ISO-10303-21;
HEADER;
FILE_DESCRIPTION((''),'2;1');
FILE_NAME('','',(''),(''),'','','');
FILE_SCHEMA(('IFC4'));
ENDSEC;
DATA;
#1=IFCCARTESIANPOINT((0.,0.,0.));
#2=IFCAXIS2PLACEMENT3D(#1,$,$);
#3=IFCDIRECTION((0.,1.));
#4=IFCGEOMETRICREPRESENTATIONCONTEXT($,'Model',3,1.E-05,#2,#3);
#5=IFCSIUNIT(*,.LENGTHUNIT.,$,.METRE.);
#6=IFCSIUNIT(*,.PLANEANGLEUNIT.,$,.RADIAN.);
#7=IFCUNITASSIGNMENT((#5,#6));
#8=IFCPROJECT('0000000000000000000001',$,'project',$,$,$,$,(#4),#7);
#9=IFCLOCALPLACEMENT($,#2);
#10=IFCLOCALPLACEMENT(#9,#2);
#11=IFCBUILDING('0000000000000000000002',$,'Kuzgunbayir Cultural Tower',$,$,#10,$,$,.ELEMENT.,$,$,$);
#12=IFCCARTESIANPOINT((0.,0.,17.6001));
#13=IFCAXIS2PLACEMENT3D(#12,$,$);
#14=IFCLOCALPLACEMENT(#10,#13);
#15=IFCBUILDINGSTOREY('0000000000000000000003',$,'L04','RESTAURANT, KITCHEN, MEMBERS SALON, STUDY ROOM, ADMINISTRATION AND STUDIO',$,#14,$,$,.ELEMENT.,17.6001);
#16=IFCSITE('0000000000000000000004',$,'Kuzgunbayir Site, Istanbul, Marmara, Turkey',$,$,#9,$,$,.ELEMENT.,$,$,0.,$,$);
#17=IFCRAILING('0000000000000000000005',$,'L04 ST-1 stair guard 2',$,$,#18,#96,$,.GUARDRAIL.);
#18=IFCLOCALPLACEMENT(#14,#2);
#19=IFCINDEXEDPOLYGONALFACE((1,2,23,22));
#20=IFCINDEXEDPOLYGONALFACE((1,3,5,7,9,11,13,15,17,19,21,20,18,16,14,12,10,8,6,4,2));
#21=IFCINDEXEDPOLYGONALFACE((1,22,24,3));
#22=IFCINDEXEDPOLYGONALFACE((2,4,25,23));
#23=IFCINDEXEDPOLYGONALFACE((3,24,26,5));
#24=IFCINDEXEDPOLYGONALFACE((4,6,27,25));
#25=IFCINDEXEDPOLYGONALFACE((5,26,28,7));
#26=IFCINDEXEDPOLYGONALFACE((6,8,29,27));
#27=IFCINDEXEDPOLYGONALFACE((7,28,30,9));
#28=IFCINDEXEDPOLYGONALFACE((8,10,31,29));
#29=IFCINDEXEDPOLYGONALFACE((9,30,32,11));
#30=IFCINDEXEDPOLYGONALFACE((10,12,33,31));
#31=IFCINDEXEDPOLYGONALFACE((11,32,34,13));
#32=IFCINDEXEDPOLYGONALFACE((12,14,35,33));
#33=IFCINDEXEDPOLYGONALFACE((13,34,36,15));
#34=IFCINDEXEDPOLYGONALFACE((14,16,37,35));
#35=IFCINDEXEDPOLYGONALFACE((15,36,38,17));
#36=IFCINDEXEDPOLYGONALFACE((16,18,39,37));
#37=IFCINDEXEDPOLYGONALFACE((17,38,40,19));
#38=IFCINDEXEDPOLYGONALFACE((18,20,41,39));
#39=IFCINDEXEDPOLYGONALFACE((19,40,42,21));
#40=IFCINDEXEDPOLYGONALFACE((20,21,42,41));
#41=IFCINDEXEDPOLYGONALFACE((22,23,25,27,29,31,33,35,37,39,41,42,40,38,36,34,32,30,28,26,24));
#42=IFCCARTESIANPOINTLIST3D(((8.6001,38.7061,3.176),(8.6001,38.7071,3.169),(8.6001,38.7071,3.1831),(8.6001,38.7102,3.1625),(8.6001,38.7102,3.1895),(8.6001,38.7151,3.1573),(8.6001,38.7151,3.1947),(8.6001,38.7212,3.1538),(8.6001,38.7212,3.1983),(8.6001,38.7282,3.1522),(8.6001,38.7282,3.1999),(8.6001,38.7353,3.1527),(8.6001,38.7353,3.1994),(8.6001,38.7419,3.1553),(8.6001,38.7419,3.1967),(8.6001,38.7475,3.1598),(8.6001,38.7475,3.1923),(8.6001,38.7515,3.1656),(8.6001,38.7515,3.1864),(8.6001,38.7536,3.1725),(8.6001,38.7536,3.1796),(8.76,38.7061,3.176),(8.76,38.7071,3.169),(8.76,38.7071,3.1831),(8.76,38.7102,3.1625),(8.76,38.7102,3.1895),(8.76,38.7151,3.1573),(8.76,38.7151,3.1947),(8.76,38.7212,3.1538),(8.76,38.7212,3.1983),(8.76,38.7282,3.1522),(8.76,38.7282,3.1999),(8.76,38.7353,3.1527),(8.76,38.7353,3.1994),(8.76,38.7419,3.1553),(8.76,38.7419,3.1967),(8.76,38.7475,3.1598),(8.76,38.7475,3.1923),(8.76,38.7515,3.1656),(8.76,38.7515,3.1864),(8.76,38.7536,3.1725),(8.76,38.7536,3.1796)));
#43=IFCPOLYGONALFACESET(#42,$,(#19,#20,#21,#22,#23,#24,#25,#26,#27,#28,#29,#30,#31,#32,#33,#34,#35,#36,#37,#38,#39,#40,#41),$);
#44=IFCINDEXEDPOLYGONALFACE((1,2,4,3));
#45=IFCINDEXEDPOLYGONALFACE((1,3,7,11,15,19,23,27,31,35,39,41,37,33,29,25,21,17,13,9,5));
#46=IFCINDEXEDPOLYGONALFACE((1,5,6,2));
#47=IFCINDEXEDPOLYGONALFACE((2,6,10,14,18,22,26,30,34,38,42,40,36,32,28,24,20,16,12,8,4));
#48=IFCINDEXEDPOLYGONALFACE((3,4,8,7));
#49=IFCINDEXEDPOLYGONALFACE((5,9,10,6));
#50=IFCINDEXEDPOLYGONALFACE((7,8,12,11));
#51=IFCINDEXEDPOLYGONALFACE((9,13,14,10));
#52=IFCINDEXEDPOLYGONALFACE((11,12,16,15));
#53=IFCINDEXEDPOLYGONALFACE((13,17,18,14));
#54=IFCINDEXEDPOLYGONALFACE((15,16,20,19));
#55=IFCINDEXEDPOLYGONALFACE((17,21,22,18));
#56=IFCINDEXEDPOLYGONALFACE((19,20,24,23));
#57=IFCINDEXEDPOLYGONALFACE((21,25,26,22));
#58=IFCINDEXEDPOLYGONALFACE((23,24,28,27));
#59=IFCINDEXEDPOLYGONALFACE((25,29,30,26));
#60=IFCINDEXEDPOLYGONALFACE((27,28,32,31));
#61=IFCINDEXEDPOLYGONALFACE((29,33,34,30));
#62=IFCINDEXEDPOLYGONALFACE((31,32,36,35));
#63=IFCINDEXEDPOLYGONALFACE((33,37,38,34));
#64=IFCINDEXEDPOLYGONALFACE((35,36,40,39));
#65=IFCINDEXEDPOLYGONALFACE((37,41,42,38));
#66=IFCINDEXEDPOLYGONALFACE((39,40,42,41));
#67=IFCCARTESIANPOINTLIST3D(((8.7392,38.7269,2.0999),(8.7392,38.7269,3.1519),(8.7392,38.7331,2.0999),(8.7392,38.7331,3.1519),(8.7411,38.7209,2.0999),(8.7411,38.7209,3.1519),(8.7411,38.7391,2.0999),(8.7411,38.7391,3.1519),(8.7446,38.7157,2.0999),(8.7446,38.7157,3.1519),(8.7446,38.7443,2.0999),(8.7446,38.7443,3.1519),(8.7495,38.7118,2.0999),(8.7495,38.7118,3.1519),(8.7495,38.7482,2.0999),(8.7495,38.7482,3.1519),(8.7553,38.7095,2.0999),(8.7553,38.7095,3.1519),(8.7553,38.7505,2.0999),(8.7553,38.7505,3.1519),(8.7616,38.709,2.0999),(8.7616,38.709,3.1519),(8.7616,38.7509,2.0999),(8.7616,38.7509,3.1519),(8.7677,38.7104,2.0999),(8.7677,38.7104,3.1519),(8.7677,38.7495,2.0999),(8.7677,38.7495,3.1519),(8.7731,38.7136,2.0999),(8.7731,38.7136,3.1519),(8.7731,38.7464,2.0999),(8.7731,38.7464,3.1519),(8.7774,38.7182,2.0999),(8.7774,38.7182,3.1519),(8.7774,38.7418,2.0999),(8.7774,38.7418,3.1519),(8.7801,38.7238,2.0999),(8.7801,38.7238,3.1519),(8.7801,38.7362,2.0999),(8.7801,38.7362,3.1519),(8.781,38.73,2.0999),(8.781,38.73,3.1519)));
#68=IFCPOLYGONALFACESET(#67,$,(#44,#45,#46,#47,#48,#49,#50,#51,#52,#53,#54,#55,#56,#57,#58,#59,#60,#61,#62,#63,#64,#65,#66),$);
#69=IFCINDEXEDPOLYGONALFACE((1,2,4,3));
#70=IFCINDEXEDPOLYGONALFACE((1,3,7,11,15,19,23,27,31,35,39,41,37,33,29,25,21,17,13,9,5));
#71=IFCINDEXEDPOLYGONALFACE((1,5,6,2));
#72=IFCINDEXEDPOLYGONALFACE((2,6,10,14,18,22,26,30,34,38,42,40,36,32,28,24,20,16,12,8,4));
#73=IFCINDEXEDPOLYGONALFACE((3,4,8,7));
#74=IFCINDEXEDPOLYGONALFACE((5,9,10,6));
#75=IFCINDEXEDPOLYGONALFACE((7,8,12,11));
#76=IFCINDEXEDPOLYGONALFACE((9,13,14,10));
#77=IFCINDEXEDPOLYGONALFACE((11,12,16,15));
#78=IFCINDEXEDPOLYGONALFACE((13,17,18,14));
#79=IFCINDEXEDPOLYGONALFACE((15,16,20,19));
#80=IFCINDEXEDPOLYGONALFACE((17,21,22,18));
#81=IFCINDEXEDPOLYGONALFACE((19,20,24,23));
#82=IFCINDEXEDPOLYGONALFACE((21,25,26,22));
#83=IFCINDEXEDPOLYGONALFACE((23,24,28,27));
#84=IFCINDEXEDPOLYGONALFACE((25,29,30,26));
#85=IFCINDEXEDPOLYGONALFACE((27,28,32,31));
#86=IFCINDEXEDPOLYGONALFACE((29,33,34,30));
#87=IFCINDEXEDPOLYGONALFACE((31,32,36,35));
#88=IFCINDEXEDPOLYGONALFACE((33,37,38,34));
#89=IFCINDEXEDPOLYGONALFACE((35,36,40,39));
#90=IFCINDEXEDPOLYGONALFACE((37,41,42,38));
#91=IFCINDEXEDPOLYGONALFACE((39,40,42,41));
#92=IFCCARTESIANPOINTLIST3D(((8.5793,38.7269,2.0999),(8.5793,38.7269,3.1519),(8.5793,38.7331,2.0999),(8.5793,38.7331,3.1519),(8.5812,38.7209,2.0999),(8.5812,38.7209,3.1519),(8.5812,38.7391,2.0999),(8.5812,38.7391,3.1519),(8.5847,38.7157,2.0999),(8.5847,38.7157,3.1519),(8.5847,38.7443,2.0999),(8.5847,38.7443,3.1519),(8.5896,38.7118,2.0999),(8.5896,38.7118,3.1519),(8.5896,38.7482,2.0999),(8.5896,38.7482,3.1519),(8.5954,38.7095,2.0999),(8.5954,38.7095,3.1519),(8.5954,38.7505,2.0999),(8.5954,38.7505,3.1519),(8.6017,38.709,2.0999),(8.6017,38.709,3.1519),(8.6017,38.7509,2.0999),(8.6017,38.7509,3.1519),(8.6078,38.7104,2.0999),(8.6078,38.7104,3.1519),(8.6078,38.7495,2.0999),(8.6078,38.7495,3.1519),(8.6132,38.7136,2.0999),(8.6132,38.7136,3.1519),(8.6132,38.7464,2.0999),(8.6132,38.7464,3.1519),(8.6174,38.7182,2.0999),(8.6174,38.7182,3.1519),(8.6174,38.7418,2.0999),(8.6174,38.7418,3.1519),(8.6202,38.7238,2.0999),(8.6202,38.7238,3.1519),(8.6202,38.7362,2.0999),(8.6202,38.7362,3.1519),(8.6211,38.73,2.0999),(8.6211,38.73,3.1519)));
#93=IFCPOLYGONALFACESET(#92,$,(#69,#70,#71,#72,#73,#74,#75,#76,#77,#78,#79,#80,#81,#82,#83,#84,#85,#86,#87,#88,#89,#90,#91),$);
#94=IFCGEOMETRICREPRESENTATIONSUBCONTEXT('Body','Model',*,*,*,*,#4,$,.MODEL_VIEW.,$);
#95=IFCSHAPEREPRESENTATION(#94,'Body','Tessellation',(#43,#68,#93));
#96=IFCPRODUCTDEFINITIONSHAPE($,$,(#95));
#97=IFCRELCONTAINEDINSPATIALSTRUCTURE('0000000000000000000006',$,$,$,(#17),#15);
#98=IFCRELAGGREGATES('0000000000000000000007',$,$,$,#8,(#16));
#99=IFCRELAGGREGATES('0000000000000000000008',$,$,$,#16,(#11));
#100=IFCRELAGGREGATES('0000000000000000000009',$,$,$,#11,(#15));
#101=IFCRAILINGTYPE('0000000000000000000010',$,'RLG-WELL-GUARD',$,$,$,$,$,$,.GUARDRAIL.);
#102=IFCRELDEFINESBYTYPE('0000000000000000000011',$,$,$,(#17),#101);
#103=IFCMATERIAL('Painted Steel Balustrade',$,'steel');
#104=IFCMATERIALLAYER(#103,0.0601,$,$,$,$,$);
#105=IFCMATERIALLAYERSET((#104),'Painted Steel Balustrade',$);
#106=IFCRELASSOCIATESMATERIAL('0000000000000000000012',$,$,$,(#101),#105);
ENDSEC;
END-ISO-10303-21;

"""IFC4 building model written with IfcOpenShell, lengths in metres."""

from ifc_helpers import new_model, si_unit, direction, frame, origin, origin_2d, place, context, subcontext, project, spatial, circle, extrude, material, layer, layer_set, type_object, element, save


model = new_model("IFC4")

# Units and contexts
model_context = context("Model", 3, precision=1e-05, world=origin(), true_north=direction((0.0, 1.0)))
body_context = subcontext(model_context, "Body", "Model", "MODEL_VIEW")
ifc_project = project(units=[si_unit("LENGTHUNIT", "METRE"), si_unit("PLANEANGLEUNIT", "RADIAN")], contexts=[model_context])

# Site, building, storey
site_placement = place(None, origin())
site = spatial("IfcSite", under=ifc_project, at=site_placement, Name="Kuzgunbayir Site, Istanbul, Marmara, Turkey", CompositionType="ELEMENT", RefElevation=0.0)
building_placement = place(site_placement, origin())
building = spatial("IfcBuilding", under=site, at=building_placement, Name="Kuzgunbayir Cultural Tower", CompositionType="ELEMENT")
storey_placement = place(building_placement, frame((0.0, 0.0, 17.6001)))
storey = spatial("IfcBuildingStorey", under=building, at=storey_placement, Name="L04", Description="RESTAURANT, KITCHEN, MEMBERS SALON, STUDY ROOM, ADMINISTRATION AND STUDIO", CompositionType="ELEMENT", Elevation=17.6001)

# Railing
ifc_material_1 = material(Name="Painted Steel Balustrade", Category="steel")
ifc_layer_1 = layer(ifc_material_1, 0.0601)
ifc_layer_set_1 = layer_set([ifc_layer_1], Name="Painted Steel Balustrade")
railing_type_1 = type_object("IfcRailingType", Name="RLG-WELL-GUARD", PredefinedType="GUARDRAIL", material=ifc_layer_set_1)
railing_1_placement = place(storey_placement, frame((8.76, 38.73, 2.0999)))
element("IfcRailing", 1, at=railing_1_placement, inside=storey, type_object=railing_type_1, Name="L04 ST-1 stair guard 2", PredefinedType="GUARDRAIL", context=body_context, shape_type="SweptSolid", body=[
    extrude(circle(Radius=0.0239, at=origin_2d()), frame((0.0, 0.0, 1.0762), z_axis=(-1.0, 0.0, 0.0), x_axis=(0.0, -1.0, 0.0)), (0.0, 0.0, 1.0), 0.1599),
    extrude(circle(Radius=0.021, at=origin_2d()), origin(), (0.0, 0.0, 1.0), 1.052),
    extrude(circle(Radius=0.021, at=origin_2d()), frame((-0.1599, 0.0, 0.0)), (0.0, 0.0, 1.0), 1.052),
])

save(model, "model.ifc")
